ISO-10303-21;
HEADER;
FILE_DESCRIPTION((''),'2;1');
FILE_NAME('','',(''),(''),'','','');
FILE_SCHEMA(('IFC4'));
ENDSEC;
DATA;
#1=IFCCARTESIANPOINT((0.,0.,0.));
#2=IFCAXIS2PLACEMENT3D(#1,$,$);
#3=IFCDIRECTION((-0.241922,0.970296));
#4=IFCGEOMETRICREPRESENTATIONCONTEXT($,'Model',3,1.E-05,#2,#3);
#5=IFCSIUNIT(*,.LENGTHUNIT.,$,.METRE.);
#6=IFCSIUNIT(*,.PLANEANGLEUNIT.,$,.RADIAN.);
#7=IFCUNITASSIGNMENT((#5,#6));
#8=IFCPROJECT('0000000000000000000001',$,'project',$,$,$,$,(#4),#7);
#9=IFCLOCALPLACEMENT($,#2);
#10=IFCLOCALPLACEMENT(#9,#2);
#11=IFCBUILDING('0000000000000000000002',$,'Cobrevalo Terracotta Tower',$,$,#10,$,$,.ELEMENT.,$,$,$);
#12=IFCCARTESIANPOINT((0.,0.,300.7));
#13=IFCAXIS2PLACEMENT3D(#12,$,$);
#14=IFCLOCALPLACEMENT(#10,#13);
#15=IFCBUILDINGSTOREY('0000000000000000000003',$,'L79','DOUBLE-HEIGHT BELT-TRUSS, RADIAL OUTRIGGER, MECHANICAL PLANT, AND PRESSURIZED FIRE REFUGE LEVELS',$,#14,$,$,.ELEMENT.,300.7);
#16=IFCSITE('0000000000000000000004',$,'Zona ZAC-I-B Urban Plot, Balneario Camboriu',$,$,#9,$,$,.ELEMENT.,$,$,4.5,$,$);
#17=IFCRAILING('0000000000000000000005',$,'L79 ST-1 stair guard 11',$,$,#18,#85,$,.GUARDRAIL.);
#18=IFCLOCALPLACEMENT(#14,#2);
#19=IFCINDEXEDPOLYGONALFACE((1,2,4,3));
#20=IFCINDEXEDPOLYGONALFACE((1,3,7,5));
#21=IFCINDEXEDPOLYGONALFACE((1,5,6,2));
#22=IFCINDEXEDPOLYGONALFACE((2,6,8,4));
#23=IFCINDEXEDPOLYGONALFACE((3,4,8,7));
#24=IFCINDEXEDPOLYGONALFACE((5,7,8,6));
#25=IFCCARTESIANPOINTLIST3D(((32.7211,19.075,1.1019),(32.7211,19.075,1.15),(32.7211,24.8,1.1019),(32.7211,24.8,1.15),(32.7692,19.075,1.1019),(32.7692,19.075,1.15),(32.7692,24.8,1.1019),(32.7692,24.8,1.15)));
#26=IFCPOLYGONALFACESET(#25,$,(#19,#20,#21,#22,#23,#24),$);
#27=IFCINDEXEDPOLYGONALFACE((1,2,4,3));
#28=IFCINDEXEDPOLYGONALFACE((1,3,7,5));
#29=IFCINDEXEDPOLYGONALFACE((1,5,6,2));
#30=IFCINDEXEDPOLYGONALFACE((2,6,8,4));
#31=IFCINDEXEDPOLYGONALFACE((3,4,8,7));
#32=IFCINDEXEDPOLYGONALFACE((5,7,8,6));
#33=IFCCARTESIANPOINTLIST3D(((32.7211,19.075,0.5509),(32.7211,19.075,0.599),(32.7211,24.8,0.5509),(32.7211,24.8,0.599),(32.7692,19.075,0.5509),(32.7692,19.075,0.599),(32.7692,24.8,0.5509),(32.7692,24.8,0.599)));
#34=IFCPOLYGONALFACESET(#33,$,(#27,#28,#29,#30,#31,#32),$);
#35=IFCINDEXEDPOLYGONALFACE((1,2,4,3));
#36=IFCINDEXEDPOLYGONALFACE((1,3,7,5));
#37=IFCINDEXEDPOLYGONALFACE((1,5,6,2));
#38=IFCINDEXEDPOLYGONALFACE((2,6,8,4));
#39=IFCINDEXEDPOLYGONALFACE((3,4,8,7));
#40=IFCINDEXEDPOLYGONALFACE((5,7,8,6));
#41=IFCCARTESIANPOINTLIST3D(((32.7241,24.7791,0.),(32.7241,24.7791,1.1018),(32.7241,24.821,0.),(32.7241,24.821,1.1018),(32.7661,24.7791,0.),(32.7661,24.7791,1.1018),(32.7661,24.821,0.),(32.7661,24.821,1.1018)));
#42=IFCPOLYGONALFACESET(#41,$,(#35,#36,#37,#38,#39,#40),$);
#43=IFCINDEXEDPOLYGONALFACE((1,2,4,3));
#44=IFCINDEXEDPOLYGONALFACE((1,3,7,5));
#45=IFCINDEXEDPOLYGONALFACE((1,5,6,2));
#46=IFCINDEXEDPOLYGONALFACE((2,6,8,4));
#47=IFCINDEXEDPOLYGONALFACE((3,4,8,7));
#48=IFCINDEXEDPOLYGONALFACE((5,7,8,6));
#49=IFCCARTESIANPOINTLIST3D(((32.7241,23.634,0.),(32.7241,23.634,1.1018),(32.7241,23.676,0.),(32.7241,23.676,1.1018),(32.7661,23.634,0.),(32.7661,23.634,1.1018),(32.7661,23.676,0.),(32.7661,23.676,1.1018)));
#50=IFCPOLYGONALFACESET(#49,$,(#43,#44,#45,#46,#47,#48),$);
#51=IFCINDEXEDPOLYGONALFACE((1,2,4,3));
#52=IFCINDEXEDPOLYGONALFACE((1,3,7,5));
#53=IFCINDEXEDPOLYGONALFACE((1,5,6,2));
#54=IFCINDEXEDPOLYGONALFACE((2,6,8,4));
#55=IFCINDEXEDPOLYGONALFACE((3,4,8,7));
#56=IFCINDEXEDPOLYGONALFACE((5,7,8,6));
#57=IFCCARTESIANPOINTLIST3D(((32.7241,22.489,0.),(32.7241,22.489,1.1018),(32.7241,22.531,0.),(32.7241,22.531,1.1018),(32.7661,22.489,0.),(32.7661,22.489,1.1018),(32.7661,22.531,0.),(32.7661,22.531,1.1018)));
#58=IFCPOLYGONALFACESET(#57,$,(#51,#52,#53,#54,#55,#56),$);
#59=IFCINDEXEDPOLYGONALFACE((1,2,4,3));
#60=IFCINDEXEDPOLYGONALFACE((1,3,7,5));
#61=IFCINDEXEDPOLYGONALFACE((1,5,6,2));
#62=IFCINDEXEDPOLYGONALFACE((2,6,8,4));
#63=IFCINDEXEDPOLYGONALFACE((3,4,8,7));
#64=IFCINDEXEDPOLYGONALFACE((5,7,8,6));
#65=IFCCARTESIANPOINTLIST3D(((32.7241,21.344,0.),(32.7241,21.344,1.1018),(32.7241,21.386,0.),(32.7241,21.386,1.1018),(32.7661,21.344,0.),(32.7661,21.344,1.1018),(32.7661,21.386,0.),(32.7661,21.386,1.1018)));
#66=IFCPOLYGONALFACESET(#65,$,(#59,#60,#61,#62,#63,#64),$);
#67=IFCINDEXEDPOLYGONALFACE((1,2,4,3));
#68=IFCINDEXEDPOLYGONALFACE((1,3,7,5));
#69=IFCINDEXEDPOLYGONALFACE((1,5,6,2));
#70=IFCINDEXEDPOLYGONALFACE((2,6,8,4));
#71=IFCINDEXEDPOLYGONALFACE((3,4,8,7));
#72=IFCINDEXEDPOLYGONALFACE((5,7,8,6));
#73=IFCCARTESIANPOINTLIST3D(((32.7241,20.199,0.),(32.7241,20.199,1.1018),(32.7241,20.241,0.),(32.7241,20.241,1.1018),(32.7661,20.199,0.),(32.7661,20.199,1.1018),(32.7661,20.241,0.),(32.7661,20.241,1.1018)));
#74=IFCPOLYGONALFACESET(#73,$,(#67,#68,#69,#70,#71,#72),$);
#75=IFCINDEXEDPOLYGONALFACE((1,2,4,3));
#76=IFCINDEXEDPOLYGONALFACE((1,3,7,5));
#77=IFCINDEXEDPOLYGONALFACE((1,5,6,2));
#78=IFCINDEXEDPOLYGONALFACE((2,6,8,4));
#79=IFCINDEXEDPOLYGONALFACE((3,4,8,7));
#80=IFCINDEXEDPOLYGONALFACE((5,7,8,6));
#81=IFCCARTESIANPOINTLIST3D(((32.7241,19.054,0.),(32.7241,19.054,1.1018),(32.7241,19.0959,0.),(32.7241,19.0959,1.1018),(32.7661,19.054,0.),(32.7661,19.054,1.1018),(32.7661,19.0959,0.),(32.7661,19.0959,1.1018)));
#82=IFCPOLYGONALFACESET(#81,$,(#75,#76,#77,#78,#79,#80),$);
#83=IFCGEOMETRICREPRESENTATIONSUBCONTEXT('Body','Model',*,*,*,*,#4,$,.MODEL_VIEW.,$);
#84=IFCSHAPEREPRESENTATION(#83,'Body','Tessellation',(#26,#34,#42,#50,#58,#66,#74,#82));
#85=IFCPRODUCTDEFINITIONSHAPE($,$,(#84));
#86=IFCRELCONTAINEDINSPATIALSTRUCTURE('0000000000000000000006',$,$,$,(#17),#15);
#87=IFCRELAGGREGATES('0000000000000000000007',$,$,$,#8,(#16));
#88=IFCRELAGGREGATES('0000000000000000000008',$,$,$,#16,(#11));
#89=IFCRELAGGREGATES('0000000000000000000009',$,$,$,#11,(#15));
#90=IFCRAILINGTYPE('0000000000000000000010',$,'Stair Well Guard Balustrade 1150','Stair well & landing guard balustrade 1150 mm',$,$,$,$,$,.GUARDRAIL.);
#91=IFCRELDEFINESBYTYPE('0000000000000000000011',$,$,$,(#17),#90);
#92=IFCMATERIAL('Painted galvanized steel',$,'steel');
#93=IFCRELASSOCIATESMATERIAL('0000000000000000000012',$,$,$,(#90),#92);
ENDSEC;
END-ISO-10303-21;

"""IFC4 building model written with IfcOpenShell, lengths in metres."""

from ifc_helpers import new_model, si_unit, direction, frame, origin, origin_2d, place, context, subcontext, project, spatial, rectangle, extrude, material, type_object, element, save


model = new_model("IFC4")

# Units and contexts
model_context = context("Model", 3, precision=1e-05, world=origin(), true_north=direction((-0.241922, 0.970296)))
body_context = subcontext(model_context, "Body", "Model", "MODEL_VIEW")
ifc_project = project(units=[si_unit("LENGTHUNIT", "METRE"), si_unit("PLANEANGLEUNIT", "RADIAN")], contexts=[model_context])

# Site, building, storey
site_placement = place(None, origin())
site = spatial("IfcSite", under=ifc_project, at=site_placement, Name="Zona ZAC-I-B Urban Plot, Balneario Camboriu", CompositionType="ELEMENT", RefElevation=4.5)
building_placement = place(site_placement, origin())
building = spatial("IfcBuilding", under=site, at=building_placement, Name="Cobrevalo Terracotta Tower", CompositionType="ELEMENT")
storey_placement = place(building_placement, frame((0.0, 0.0, 300.7)))
storey = spatial("IfcBuildingStorey", under=building, at=storey_placement, Name="L79", Description="DOUBLE-HEIGHT BELT-TRUSS, RADIAL OUTRIGGER, MECHANICAL PLANT, AND PRESSURIZED FIRE REFUGE LEVELS", CompositionType="ELEMENT", Elevation=300.7)

# Railing
ifc_material_1 = material(Name="Painted galvanized steel", Category="steel")
railing_type = type_object("IfcRailingType", Name="Stair Well Guard Balustrade 1150", Description="Stair well & landing guard balustrade 1150 mm", PredefinedType="GUARDRAIL", material=ifc_material_1)
for number, where, name in (
    (1, (32.7451, 24.8, 0.0), "L79 ST-1 stair guard 11"),
):
    element("IfcRailing", number, at=place(storey_placement, frame(where)), inside=storey, type_object=railing_type, Name=name, PredefinedType="GUARDRAIL", context=body_context, shape_type="SweptSolid", body=[
        extrude(rectangle(XDim=0.0481, YDim=0.0481, at=origin_2d()), frame((0.0, 0.0, 1.126), z_axis=(0.0, -1.0, 0.0), x_axis=(1.0, 0.0, 0.0)), (0.0, 0.0, 1.0), 5.7251),
        extrude(rectangle(XDim=0.0481, YDim=0.0481, at=origin_2d()), frame((0.0, 0.0, 0.575), z_axis=(0.0, -1.0, 0.0), x_axis=(1.0, 0.0, 0.0)), (0.0, 0.0, 1.0), 5.7251),
        extrude(rectangle(XDim=0.042, YDim=0.042, at=origin_2d()), origin(), (0.0, 0.0, 1.0), 1.1018),
        extrude(rectangle(XDim=0.042, YDim=0.042, at=origin_2d()), frame((0.0, -1.145, 0.0)), (0.0, 0.0, 1.0), 1.1018),
        extrude(rectangle(XDim=0.042, YDim=0.042, at=origin_2d()), frame((0.0, -2.29, 0.0)), (0.0, 0.0, 1.0), 1.1018),
        extrude(rectangle(XDim=0.042, YDim=0.042, at=origin_2d()), frame((0.0, -3.4351, 0.0)), (0.0, 0.0, 1.0), 1.1018),
        extrude(rectangle(XDim=0.042, YDim=0.042, at=origin_2d()), frame((0.0, -4.5801, 0.0)), (0.0, 0.0, 1.0), 1.1018),
        extrude(rectangle(XDim=0.042, YDim=0.042, at=origin_2d()), frame((0.0, -5.7251, 0.0)), (0.0, 0.0, 1.0), 1.1018),
    ])

save(model, "model.ifc")
